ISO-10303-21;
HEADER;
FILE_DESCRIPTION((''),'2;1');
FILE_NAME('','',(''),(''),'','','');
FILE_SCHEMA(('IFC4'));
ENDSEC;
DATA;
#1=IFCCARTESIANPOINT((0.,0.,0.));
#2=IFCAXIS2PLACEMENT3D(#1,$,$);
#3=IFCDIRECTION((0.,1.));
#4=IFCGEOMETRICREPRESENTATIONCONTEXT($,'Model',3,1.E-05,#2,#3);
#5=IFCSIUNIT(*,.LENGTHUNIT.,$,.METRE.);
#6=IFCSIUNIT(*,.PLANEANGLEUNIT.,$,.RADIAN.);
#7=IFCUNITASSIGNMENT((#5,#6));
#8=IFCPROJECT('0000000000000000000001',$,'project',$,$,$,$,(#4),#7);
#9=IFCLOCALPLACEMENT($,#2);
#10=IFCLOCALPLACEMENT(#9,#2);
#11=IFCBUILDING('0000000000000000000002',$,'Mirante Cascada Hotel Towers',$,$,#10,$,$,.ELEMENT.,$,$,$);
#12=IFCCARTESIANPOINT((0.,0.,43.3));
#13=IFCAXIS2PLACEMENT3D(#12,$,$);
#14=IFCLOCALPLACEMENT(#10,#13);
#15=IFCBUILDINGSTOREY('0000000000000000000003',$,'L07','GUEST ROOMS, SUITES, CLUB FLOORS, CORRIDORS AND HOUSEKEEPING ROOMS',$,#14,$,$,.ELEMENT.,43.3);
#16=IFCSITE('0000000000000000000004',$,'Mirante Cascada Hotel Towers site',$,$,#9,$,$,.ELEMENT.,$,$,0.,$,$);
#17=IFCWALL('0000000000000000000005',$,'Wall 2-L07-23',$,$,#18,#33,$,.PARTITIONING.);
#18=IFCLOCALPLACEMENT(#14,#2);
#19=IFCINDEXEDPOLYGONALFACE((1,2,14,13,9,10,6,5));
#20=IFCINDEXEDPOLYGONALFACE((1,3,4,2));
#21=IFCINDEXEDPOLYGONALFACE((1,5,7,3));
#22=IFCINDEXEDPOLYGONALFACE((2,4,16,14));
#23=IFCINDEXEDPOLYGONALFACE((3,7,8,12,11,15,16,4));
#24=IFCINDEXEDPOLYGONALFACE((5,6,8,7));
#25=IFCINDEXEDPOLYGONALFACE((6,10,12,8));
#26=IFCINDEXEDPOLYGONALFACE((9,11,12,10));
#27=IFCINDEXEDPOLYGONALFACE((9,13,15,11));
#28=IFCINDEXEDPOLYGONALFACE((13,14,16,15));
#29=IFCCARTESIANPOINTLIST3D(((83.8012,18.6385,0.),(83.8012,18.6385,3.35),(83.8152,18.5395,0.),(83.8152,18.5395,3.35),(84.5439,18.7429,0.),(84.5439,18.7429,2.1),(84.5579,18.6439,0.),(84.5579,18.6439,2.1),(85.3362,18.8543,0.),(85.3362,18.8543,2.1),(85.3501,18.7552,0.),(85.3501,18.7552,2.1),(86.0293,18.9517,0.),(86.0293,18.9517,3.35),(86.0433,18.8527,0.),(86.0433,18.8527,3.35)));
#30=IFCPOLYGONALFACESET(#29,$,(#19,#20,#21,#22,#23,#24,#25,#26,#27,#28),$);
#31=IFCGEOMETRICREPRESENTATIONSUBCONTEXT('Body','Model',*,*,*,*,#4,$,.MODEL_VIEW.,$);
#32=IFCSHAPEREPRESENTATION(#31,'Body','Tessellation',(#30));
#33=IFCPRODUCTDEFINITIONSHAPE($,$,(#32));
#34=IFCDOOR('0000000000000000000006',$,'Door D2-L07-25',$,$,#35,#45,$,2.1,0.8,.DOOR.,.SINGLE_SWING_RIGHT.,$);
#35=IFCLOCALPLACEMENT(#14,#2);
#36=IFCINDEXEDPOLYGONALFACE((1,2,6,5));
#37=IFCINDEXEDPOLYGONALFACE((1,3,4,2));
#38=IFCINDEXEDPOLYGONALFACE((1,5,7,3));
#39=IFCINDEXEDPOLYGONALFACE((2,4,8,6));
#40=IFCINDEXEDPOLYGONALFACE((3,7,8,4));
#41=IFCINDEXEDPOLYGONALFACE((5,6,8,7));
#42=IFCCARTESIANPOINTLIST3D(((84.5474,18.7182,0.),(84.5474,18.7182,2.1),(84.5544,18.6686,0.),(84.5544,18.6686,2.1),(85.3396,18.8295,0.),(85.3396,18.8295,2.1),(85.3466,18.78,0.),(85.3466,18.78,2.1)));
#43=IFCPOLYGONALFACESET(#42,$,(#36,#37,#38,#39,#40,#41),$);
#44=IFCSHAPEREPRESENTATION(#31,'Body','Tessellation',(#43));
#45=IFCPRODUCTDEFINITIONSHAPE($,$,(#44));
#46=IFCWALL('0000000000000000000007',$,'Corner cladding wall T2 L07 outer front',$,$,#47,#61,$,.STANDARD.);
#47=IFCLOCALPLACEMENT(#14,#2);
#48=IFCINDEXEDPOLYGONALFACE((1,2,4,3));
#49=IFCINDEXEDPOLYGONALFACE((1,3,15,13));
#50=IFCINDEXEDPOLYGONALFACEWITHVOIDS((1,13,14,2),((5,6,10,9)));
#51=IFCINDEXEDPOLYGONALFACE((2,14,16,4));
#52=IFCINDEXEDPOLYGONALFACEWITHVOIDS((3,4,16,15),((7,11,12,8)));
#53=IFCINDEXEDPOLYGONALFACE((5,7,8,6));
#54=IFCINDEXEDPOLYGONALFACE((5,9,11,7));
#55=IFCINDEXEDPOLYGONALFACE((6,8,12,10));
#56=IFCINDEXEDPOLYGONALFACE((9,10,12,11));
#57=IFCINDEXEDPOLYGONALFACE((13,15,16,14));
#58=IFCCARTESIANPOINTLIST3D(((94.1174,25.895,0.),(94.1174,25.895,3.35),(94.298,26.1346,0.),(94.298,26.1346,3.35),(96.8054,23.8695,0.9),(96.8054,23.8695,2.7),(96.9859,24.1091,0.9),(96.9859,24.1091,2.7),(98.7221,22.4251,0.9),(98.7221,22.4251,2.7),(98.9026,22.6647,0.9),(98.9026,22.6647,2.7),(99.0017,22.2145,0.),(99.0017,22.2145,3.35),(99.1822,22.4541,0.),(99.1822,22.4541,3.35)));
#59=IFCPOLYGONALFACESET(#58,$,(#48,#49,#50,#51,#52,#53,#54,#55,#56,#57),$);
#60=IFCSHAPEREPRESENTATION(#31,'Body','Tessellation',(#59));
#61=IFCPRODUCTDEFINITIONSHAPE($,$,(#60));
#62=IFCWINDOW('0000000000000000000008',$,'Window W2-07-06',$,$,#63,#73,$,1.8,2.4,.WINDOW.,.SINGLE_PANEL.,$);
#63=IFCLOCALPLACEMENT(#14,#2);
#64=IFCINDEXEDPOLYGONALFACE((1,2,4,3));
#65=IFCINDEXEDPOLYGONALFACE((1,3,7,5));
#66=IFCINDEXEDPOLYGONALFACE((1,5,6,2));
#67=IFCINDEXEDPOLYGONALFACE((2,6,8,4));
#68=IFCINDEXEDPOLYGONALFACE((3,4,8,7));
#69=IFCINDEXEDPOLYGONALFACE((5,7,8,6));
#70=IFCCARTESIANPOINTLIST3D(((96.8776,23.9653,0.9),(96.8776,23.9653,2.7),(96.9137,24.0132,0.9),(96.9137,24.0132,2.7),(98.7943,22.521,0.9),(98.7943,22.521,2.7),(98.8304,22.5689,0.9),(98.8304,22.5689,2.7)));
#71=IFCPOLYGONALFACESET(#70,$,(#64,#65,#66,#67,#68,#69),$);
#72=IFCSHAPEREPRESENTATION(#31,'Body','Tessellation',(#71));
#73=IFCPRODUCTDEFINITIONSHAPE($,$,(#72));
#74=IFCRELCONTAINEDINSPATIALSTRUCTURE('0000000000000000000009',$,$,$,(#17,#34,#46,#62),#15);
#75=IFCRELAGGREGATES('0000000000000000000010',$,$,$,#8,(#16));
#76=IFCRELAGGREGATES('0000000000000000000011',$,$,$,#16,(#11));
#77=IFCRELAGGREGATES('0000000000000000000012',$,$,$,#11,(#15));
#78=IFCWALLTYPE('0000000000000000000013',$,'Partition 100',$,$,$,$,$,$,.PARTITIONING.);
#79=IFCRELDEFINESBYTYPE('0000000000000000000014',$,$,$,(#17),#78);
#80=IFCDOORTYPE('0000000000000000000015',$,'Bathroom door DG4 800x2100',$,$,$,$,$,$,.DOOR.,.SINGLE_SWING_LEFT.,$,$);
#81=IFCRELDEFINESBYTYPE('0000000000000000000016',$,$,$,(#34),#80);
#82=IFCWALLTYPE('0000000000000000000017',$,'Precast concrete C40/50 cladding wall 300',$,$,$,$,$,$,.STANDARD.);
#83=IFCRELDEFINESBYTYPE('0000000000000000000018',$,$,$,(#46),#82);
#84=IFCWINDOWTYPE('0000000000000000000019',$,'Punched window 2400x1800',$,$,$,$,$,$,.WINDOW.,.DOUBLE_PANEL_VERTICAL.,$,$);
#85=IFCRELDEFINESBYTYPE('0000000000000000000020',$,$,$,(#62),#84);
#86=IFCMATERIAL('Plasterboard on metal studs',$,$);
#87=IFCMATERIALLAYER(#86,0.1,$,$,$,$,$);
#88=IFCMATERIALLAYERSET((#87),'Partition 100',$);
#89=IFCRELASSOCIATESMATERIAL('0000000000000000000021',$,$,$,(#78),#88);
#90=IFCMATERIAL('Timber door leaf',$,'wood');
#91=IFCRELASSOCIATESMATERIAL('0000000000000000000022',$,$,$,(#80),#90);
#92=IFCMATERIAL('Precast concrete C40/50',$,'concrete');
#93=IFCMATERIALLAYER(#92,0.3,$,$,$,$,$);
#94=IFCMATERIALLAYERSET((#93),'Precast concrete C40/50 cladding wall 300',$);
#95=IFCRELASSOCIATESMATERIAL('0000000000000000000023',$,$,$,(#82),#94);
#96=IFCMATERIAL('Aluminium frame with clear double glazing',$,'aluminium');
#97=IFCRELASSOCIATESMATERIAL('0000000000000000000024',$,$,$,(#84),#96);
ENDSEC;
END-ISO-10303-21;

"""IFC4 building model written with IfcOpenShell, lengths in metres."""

from ifc_helpers import new_model, si_unit, direction, frame, frame_2d, origin, place, context, subcontext, project, spatial, rectangle, extrude, material, layer, layer_set, type_object, element, fill, save


model = new_model("IFC4")

# Units and contexts
model_context = context("Model", 3, precision=1e-05, world=origin(), true_north=direction((0.0, 1.0)))
body_context = subcontext(model_context, "Body", "Model", "MODEL_VIEW")
ifc_project = project(units=[si_unit("LENGTHUNIT", "METRE"), si_unit("PLANEANGLEUNIT", "RADIAN")], contexts=[model_context])

# Site, building, storey
site_placement = place(None, origin())
site = spatial("IfcSite", under=ifc_project, at=site_placement, Name="Mirante Cascada Hotel Towers site", CompositionType="ELEMENT", RefElevation=0.0)
building_placement = place(site_placement, origin())
building = spatial("IfcBuilding", under=site, at=building_placement, Name="Mirante Cascada Hotel Towers", CompositionType="ELEMENT")
storey_placement = place(building_placement, frame((0.0, 0.0, 43.3)))
storey = spatial("IfcBuildingStorey", under=building, at=storey_placement, Name="L07", Description="GUEST ROOMS, SUITES, CLUB FLOORS, CORRIDORS AND HOUSEKEEPING ROOMS", CompositionType="ELEMENT", Elevation=43.3)

# Wall, opening, door
ifc_material_1 = material(Name="Plasterboard on metal studs")
ifc_layer_1 = layer(ifc_material_1, 0.1)
ifc_layer_set_1 = layer_set([ifc_layer_1], Name="Partition 100")
wall_type_1 = type_object("IfcWallType", Name="Partition 100", PredefinedType="PARTITIONING", material=ifc_layer_set_1)
wall_1_placement = place(storey_placement, frame((86.0363, 18.9022, 0.0), z_axis=(0.0, 0.0, 1.0), x_axis=(-0.990264, -0.1392, 0.0)))
wall_1 = element("IfcWall", 1, at=wall_1_placement, inside=storey, type_object=wall_type_1, Name="Wall 2-L07-23", PredefinedType="PARTITIONING", context=body_context, shape_type="SweptSolid", body=[
    extrude(rectangle(XDim=2.25, YDim=0.1, at=frame_2d((1.125, 0.0))), origin(), (0.0, 0.0, 1.0), 3.35),
])
opening_1_placement = place(wall_1_placement, frame((0.7, 0.0, 0.0)))
opening_1 = element("IfcOpeningElement", 2, at=opening_1_placement, cuts=wall_1, PredefinedType="OPENING", context=body_context, shape_type="SweptSolid", body=[
    extrude(rectangle(XDim=0.8, YDim=2.1, at=frame_2d((0.4, 1.05))), frame((0.0, 0.05, 0.0), z_axis=(0.0, -1.0, 0.0), x_axis=(1.0, 0.0, 0.0)), (0.0, 0.0, 1.0), 0.1),
])
ifc_material_2 = material(Name="Timber door leaf", Category="wood")
door_type = type_object("IfcDoorType", Name="Bathroom door DG4 800x2100", OperationType="SINGLE_SWING_LEFT", PredefinedType="DOOR", material=ifc_material_2)
door_placement = place(opening_1_placement, frame((0.8, 0.0, 0.0), z_axis=(0.0, 0.0, 1.0), x_axis=(-1.0, 0.0, 0.0)))
door = element("IfcDoor", 3, at=door_placement, inside=storey, type_object=door_type, Name="Door D2-L07-25", OperationType="SINGLE_SWING_RIGHT", OverallHeight=2.1, OverallWidth=0.8, PredefinedType="DOOR", context=body_context, shape_type="SweptSolid", body=[
    extrude(rectangle(XDim=0.8, YDim=2.1, at=frame_2d((0.4, 1.05))), frame((0.0, 0.025, 0.0), z_axis=(0.0, -1.0, 0.0), x_axis=(1.0, 0.0, 0.0)), (0.0, 0.0, 1.0), 0.05),
])
fill(opening_1, door)

# Wall, opening, window
ifc_material_3 = material(Name="Precast concrete C40/50", Category="concrete")
ifc_layer_2 = layer(ifc_material_3, 0.3)
ifc_layer_set_2 = layer_set([ifc_layer_2], Name="Precast concrete C40/50 cladding wall 300")
wall_type_2 = type_object("IfcWallType", Name="Precast concrete C40/50 cladding wall 300", PredefinedType="STANDARD", material=ifc_layer_set_2)
wall_2_placement = place(storey_placement, frame((99.0919, 22.3343, 0.0), z_axis=(0.0, 0.0, 1.0), x_axis=(-0.798636, 0.601814, 0.0)))
wall_2 = element("IfcWall", 4, at=wall_2_placement, inside=storey, type_object=wall_type_2, Name="Corner cladding wall T2 L07 outer front", PredefinedType="STANDARD", context=body_context, shape_type="SweptSolid", body=[
    extrude(rectangle(XDim=6.1157, YDim=0.3, at=frame_2d((3.0578, 0.0))), origin(), (0.0, 0.0, 1.0), 3.35),
])
opening_2_placement = place(wall_2_placement, frame((0.35, 0.0, 0.9)))
opening_2 = element("IfcOpeningElement", 5, at=opening_2_placement, cuts=wall_2, PredefinedType="OPENING", context=body_context, shape_type="SweptSolid", body=[
    extrude(rectangle(XDim=2.4, YDim=1.8, at=frame_2d((1.2, 0.9))), frame((0.0, 0.15, 0.0), z_axis=(0.0, -1.0, 0.0), x_axis=(1.0, 0.0, 0.0)), (0.0, 0.0, 1.0), 0.3),
])
ifc_material_4 = material(Name="Aluminium frame with clear double glazing", Category="aluminium")
window_type = type_object("IfcWindowType", Name="Punched window 2400x1800", PartitioningType="DOUBLE_PANEL_VERTICAL", PredefinedType="WINDOW", material=ifc_material_4)
window_placement = place(opening_2_placement, origin())
window = element("IfcWindow", 6, at=window_placement, inside=storey, type_object=window_type, Name="Window W2-07-06", OverallHeight=1.8, OverallWidth=2.4, PartitioningType="SINGLE_PANEL", PredefinedType="WINDOW", context=body_context, shape_type="SweptSolid", body=[
    extrude(rectangle(XDim=2.4, YDim=1.8, at=frame_2d((1.2, 0.9))), frame((0.0, 0.03, 0.0), z_axis=(0.0, -1.0, 0.0), x_axis=(1.0, 0.0, 0.0)), (0.0, 0.0, 1.0), 0.06),
])
fill(opening_2, window)

save(model, "model.ifc")
